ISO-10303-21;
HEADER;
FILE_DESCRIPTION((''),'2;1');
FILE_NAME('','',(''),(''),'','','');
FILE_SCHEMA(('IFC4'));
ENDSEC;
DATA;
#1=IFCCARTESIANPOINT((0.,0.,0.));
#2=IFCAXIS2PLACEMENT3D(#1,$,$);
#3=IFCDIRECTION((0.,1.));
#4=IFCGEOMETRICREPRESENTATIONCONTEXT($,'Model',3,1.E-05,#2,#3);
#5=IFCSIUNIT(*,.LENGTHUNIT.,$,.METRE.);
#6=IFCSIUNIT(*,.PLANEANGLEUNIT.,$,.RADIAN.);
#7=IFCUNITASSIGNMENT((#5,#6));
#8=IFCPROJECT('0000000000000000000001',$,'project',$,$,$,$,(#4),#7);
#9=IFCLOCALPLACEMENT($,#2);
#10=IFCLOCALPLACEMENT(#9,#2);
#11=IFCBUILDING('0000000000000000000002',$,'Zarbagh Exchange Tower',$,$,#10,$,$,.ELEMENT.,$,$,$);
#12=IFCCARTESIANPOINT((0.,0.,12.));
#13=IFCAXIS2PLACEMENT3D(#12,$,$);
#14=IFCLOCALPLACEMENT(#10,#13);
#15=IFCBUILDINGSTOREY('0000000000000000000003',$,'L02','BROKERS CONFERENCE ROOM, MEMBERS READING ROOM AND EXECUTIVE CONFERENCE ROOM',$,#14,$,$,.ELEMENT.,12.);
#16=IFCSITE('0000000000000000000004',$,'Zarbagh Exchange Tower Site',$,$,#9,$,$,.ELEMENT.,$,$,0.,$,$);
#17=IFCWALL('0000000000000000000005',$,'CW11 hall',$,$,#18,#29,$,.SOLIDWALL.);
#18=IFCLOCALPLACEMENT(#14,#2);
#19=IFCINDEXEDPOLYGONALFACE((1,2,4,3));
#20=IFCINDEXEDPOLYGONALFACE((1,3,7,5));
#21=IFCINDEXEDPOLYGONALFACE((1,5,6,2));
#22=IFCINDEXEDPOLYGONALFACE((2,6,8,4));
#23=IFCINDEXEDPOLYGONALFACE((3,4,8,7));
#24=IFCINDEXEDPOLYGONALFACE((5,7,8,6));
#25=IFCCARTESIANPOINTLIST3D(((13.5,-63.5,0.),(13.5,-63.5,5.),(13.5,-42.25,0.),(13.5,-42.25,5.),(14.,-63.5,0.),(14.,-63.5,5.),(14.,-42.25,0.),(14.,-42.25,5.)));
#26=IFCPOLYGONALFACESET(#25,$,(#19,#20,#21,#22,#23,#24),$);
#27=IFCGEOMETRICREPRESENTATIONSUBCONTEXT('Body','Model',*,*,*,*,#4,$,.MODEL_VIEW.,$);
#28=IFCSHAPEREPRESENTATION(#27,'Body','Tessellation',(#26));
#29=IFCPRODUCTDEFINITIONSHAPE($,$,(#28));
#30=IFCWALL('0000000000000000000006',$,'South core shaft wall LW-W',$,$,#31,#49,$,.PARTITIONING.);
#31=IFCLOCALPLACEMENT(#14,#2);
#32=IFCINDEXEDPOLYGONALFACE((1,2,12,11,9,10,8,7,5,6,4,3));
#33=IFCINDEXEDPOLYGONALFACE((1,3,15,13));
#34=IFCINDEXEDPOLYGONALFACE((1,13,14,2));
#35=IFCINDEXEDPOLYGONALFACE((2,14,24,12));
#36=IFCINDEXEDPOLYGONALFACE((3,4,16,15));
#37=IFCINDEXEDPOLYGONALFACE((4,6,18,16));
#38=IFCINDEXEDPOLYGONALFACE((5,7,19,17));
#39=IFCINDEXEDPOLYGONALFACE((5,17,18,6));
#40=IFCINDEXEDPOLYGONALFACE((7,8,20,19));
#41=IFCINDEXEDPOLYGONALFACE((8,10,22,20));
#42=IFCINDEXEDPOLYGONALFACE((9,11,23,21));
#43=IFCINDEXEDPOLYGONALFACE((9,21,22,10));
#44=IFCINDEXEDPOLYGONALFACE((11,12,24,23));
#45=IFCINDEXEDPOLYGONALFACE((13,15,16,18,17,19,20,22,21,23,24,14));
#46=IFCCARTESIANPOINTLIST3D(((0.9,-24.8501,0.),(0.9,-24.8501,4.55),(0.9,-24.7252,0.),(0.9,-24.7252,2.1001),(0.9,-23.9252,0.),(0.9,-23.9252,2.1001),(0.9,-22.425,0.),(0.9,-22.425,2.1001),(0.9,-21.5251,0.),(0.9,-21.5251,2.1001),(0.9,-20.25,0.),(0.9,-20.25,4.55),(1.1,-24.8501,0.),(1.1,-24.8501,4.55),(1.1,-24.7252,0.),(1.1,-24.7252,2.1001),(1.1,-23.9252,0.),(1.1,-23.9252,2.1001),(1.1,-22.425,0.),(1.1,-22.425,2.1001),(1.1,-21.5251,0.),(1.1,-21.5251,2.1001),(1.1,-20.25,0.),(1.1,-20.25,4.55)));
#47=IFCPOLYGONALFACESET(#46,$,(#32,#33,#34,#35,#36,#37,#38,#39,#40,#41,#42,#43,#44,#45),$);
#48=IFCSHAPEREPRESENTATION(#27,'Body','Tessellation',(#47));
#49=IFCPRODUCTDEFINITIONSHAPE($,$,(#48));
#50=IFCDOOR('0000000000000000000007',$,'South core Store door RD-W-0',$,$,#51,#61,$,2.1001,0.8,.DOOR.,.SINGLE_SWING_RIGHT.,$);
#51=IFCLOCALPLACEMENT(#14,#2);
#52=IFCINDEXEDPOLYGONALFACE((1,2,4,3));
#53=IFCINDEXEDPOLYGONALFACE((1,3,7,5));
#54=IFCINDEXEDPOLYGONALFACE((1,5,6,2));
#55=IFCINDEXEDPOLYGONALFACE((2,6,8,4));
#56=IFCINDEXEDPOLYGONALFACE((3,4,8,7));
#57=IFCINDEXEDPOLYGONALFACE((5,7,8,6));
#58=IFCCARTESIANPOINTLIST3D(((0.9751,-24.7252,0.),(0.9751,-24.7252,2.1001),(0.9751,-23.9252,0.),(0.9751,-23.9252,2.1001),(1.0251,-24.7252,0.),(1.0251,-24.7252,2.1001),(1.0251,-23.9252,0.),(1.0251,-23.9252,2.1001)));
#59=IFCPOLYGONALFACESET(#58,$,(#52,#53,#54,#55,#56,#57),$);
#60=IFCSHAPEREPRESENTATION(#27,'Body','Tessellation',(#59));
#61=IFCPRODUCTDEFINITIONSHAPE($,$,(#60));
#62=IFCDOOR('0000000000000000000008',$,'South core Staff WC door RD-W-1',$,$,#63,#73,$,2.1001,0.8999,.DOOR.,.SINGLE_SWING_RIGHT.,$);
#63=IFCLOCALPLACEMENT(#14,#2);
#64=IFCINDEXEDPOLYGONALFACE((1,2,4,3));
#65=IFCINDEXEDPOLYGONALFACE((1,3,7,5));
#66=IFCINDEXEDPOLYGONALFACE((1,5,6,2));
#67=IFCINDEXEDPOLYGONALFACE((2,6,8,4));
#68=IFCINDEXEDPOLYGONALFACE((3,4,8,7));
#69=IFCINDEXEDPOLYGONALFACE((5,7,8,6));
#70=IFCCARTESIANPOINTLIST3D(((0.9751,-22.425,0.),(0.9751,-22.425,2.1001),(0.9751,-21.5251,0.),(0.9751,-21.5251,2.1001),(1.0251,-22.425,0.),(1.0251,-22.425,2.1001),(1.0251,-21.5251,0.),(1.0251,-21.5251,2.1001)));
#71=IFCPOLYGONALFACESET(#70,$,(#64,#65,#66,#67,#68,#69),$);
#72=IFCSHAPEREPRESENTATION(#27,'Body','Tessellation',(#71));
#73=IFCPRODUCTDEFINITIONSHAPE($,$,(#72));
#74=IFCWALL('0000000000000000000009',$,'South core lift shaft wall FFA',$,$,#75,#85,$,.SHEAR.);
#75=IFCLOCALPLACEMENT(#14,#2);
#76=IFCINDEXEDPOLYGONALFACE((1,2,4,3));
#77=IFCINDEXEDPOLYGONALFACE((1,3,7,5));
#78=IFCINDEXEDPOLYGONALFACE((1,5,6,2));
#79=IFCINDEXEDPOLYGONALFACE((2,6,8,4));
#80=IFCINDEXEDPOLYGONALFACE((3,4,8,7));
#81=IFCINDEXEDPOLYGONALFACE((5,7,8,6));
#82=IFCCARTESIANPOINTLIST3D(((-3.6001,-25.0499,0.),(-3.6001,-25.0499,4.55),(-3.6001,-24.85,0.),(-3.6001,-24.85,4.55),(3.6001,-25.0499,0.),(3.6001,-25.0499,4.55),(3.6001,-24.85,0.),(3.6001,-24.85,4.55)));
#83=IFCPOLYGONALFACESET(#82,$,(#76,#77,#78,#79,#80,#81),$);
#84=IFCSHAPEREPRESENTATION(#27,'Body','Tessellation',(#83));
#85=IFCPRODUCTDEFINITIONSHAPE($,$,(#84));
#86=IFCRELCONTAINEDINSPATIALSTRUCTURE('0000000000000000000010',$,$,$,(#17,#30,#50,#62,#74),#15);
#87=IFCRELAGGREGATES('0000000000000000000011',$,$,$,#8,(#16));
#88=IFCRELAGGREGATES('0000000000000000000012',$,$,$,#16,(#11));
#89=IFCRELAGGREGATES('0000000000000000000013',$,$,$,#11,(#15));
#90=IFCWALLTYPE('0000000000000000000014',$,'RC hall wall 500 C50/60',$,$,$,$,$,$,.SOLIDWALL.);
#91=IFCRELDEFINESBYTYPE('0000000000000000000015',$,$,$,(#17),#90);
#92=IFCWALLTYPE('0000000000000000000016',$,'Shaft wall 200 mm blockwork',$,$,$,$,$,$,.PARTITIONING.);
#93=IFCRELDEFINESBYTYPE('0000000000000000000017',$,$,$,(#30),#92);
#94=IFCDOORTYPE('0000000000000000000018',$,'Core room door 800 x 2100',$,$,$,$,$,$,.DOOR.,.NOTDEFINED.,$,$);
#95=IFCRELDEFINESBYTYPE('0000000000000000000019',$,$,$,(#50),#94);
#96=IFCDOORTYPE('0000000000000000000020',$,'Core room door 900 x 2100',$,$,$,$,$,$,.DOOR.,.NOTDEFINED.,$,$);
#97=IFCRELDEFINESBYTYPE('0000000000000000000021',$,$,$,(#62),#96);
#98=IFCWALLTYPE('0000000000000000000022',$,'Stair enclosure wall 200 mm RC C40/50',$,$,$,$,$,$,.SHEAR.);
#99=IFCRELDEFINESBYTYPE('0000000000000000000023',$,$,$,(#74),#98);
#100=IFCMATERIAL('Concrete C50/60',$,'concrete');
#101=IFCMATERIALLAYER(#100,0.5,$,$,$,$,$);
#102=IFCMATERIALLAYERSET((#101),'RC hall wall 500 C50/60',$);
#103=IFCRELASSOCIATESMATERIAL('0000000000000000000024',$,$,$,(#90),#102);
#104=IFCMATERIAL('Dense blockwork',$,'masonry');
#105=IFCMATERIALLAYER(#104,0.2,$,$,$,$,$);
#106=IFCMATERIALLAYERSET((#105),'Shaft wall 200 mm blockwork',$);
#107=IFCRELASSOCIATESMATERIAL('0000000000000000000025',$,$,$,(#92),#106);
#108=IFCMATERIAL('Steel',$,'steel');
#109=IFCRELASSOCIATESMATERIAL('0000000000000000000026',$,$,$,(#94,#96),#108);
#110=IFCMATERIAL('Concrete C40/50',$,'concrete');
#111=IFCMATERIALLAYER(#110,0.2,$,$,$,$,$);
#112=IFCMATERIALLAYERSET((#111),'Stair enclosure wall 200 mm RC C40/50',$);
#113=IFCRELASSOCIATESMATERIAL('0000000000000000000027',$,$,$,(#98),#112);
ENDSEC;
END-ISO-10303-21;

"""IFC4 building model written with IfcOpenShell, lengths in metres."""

from ifc_helpers import new_model, si_unit, direction, frame, frame_2d, origin, place, context, subcontext, project, spatial, rectangle, extrude, material, layer, layer_set, type_object, element, fill, save


model = new_model("IFC4")

# Units and contexts
model_context = context("Model", 3, precision=1e-05, world=origin(), true_north=direction((0.0, 1.0)))
body_context = subcontext(model_context, "Body", "Model", "MODEL_VIEW")
ifc_project = project(units=[si_unit("LENGTHUNIT", "METRE"), si_unit("PLANEANGLEUNIT", "RADIAN")], contexts=[model_context])

# Site, building, storey
site_placement = place(None, origin())
site = spatial("IfcSite", under=ifc_project, at=site_placement, Name="Zarbagh Exchange Tower Site", CompositionType="ELEMENT", RefElevation=0.0)
building_placement = place(site_placement, origin())
building = spatial("IfcBuilding", under=site, at=building_placement, Name="Zarbagh Exchange Tower", CompositionType="ELEMENT")
storey_placement = place(building_placement, frame((0.0, 0.0, 12.0)))
storey = spatial("IfcBuildingStorey", under=building, at=storey_placement, Name="L02", Description="BROKERS CONFERENCE ROOM, MEMBERS READING ROOM AND EXECUTIVE CONFERENCE ROOM", CompositionType="ELEMENT", Elevation=12.0)

# Wall
ifc_material_1 = material(Name="Dense blockwork", Category="masonry")
ifc_material_2 = material(Name="Concrete C50/60", Category="concrete")
ifc_layer_1 = layer(ifc_material_2, 0.5)
ifc_layer_set_1 = layer_set([ifc_layer_1], Name="RC hall wall 500 C50/60")
wall_type_1 = type_object("IfcWallType", Name="RC hall wall 500 C50/60", PredefinedType="SOLIDWALL", material=ifc_layer_set_1)
wall_1_placement = place(storey_placement, frame((13.75, -63.5, 0.0), z_axis=(0.0, 0.0, 1.0), x_axis=(0.0, 1.0, 0.0)))
element("IfcWall", 1, at=wall_1_placement, inside=storey, type_object=wall_type_1, Name="CW11 hall", PredefinedType="SOLIDWALL", context=body_context, shape_type="SweptSolid", body=[
    extrude(rectangle(XDim=21.25, YDim=0.5, at=frame_2d((10.625, 0.0))), origin(), (0.0, 0.0, 1.0), 5.0),
])

# Wall, openings, doors
ifc_layer_2 = layer(ifc_material_1, 0.2)
ifc_layer_set_2 = layer_set([ifc_layer_2], Name="Shaft wall 200 mm blockwork")
wall_type_2 = type_object("IfcWallType", Name="Shaft wall 200 mm blockwork", PredefinedType="PARTITIONING", material=ifc_layer_set_2)
wall_2_placement = place(storey_placement, frame((1.0, -24.8501, 0.0), z_axis=(0.0, 0.0, 1.0), x_axis=(0.0, 1.0, 0.0)))
wall_2 = element("IfcWall", 2, at=wall_2_placement, inside=storey, type_object=wall_type_2, Name="South core shaft wall LW-W", PredefinedType="PARTITIONING", context=body_context, shape_type="SweptSolid", body=[
    extrude(rectangle(XDim=4.6001, YDim=0.2, at=frame_2d((2.3, 0.0))), origin(), (0.0, 0.0, 1.0), 4.55),
])
opening_1_placement = place(wall_2_placement, frame((0.125, 0.0, 0.0)))
opening_1 = element("IfcOpeningElement", 3, at=opening_1_placement, cuts=wall_2, PredefinedType="OPENING", context=body_context, shape_type="SweptSolid", body=[
    extrude(rectangle(XDim=0.8, YDim=2.1001, at=frame_2d((0.3999, 1.05))), frame((0.0, 0.1099, 0.0), z_axis=(0.0, -1.0, 0.0), x_axis=(1.0, 0.0, 0.0)), (0.0, 0.0, 1.0), 0.22),
])
opening_2_placement = place(wall_2_placement, frame((2.425, 0.0, 0.0)))
opening_2 = element("IfcOpeningElement", 4, at=opening_2_placement, cuts=wall_2, PredefinedType="OPENING", context=body_context, shape_type="SweptSolid", body=[
    extrude(rectangle(XDim=0.8999, YDim=2.1001, at=frame_2d((0.45, 1.05))), frame((0.0, 0.1099, 0.0), z_axis=(0.0, -1.0, 0.0), x_axis=(1.0, 0.0, 0.0)), (0.0, 0.0, 1.0), 0.22),
])
ifc_material_3 = material(Name="Steel", Category="steel")
door_type_1 = type_object("IfcDoorType", Name="Core room door 800 x 2100", OperationType="NOTDEFINED", PredefinedType="DOOR", material=ifc_material_3)
door_1_placement = place(opening_1_placement, origin())
door_1 = element("IfcDoor", 5, at=door_1_placement, inside=storey, type_object=door_type_1, Name="South core Store door RD-W-0", OperationType="SINGLE_SWING_RIGHT", OverallHeight=2.1001, OverallWidth=0.8, PredefinedType="DOOR", context=body_context, shape_type="SweptSolid", body=[
    extrude(rectangle(XDim=0.8, YDim=2.1001, at=frame_2d((0.3999, 1.05))), frame((0.0, 0.0249, 0.0), z_axis=(0.0, -1.0, 0.0), x_axis=(1.0, 0.0, 0.0)), (0.0, 0.0, 1.0), 0.05),
])
fill(opening_1, door_1)
door_type_2 = type_object("IfcDoorType", Name="Core room door 900 x 2100", OperationType="NOTDEFINED", PredefinedType="DOOR", material=ifc_material_3)
door_2_placement = place(opening_2_placement, origin())
door_2 = element("IfcDoor", 6, at=door_2_placement, inside=storey, type_object=door_type_2, Name="South core Staff WC door RD-W-1", OperationType="SINGLE_SWING_RIGHT", OverallHeight=2.1001, OverallWidth=0.8999, PredefinedType="DOOR", context=body_context, shape_type="SweptSolid", body=[
    extrude(rectangle(XDim=0.8999, YDim=2.1001, at=frame_2d((0.45, 1.05))), frame((0.0, 0.0249, 0.0), z_axis=(0.0, -1.0, 0.0), x_axis=(1.0, 0.0, 0.0)), (0.0, 0.0, 1.0), 0.05),
])
fill(opening_2, door_2)

# Wall
ifc_material_4 = material(Name="Concrete C40/50", Category="concrete")
ifc_layer_3 = layer(ifc_material_4, 0.2)
ifc_layer_set_3 = layer_set([ifc_layer_3], Name="Stair enclosure wall 200 mm RC C40/50")
wall_type_3 = type_object("IfcWallType", Name="Stair enclosure wall 200 mm RC C40/50", PredefinedType="SHEAR", material=ifc_layer_set_3)
wall_3_placement = place(storey_placement, frame((3.6001, -24.95, 0.0), z_axis=(0.0, 0.0, 1.0), x_axis=(-1.0, 0.0, 0.0)))
element("IfcWall", 7, at=wall_3_placement, inside=storey, type_object=wall_type_3, Name="South core lift shaft wall FFA", PredefinedType="SHEAR", context=body_context, shape_type="SweptSolid", body=[
    extrude(rectangle(XDim=7.2002, YDim=0.2, at=frame_2d((3.6001, 0.0))), origin(), (0.0, 0.0, 1.0), 4.55),
])

save(model, "model.ifc")
